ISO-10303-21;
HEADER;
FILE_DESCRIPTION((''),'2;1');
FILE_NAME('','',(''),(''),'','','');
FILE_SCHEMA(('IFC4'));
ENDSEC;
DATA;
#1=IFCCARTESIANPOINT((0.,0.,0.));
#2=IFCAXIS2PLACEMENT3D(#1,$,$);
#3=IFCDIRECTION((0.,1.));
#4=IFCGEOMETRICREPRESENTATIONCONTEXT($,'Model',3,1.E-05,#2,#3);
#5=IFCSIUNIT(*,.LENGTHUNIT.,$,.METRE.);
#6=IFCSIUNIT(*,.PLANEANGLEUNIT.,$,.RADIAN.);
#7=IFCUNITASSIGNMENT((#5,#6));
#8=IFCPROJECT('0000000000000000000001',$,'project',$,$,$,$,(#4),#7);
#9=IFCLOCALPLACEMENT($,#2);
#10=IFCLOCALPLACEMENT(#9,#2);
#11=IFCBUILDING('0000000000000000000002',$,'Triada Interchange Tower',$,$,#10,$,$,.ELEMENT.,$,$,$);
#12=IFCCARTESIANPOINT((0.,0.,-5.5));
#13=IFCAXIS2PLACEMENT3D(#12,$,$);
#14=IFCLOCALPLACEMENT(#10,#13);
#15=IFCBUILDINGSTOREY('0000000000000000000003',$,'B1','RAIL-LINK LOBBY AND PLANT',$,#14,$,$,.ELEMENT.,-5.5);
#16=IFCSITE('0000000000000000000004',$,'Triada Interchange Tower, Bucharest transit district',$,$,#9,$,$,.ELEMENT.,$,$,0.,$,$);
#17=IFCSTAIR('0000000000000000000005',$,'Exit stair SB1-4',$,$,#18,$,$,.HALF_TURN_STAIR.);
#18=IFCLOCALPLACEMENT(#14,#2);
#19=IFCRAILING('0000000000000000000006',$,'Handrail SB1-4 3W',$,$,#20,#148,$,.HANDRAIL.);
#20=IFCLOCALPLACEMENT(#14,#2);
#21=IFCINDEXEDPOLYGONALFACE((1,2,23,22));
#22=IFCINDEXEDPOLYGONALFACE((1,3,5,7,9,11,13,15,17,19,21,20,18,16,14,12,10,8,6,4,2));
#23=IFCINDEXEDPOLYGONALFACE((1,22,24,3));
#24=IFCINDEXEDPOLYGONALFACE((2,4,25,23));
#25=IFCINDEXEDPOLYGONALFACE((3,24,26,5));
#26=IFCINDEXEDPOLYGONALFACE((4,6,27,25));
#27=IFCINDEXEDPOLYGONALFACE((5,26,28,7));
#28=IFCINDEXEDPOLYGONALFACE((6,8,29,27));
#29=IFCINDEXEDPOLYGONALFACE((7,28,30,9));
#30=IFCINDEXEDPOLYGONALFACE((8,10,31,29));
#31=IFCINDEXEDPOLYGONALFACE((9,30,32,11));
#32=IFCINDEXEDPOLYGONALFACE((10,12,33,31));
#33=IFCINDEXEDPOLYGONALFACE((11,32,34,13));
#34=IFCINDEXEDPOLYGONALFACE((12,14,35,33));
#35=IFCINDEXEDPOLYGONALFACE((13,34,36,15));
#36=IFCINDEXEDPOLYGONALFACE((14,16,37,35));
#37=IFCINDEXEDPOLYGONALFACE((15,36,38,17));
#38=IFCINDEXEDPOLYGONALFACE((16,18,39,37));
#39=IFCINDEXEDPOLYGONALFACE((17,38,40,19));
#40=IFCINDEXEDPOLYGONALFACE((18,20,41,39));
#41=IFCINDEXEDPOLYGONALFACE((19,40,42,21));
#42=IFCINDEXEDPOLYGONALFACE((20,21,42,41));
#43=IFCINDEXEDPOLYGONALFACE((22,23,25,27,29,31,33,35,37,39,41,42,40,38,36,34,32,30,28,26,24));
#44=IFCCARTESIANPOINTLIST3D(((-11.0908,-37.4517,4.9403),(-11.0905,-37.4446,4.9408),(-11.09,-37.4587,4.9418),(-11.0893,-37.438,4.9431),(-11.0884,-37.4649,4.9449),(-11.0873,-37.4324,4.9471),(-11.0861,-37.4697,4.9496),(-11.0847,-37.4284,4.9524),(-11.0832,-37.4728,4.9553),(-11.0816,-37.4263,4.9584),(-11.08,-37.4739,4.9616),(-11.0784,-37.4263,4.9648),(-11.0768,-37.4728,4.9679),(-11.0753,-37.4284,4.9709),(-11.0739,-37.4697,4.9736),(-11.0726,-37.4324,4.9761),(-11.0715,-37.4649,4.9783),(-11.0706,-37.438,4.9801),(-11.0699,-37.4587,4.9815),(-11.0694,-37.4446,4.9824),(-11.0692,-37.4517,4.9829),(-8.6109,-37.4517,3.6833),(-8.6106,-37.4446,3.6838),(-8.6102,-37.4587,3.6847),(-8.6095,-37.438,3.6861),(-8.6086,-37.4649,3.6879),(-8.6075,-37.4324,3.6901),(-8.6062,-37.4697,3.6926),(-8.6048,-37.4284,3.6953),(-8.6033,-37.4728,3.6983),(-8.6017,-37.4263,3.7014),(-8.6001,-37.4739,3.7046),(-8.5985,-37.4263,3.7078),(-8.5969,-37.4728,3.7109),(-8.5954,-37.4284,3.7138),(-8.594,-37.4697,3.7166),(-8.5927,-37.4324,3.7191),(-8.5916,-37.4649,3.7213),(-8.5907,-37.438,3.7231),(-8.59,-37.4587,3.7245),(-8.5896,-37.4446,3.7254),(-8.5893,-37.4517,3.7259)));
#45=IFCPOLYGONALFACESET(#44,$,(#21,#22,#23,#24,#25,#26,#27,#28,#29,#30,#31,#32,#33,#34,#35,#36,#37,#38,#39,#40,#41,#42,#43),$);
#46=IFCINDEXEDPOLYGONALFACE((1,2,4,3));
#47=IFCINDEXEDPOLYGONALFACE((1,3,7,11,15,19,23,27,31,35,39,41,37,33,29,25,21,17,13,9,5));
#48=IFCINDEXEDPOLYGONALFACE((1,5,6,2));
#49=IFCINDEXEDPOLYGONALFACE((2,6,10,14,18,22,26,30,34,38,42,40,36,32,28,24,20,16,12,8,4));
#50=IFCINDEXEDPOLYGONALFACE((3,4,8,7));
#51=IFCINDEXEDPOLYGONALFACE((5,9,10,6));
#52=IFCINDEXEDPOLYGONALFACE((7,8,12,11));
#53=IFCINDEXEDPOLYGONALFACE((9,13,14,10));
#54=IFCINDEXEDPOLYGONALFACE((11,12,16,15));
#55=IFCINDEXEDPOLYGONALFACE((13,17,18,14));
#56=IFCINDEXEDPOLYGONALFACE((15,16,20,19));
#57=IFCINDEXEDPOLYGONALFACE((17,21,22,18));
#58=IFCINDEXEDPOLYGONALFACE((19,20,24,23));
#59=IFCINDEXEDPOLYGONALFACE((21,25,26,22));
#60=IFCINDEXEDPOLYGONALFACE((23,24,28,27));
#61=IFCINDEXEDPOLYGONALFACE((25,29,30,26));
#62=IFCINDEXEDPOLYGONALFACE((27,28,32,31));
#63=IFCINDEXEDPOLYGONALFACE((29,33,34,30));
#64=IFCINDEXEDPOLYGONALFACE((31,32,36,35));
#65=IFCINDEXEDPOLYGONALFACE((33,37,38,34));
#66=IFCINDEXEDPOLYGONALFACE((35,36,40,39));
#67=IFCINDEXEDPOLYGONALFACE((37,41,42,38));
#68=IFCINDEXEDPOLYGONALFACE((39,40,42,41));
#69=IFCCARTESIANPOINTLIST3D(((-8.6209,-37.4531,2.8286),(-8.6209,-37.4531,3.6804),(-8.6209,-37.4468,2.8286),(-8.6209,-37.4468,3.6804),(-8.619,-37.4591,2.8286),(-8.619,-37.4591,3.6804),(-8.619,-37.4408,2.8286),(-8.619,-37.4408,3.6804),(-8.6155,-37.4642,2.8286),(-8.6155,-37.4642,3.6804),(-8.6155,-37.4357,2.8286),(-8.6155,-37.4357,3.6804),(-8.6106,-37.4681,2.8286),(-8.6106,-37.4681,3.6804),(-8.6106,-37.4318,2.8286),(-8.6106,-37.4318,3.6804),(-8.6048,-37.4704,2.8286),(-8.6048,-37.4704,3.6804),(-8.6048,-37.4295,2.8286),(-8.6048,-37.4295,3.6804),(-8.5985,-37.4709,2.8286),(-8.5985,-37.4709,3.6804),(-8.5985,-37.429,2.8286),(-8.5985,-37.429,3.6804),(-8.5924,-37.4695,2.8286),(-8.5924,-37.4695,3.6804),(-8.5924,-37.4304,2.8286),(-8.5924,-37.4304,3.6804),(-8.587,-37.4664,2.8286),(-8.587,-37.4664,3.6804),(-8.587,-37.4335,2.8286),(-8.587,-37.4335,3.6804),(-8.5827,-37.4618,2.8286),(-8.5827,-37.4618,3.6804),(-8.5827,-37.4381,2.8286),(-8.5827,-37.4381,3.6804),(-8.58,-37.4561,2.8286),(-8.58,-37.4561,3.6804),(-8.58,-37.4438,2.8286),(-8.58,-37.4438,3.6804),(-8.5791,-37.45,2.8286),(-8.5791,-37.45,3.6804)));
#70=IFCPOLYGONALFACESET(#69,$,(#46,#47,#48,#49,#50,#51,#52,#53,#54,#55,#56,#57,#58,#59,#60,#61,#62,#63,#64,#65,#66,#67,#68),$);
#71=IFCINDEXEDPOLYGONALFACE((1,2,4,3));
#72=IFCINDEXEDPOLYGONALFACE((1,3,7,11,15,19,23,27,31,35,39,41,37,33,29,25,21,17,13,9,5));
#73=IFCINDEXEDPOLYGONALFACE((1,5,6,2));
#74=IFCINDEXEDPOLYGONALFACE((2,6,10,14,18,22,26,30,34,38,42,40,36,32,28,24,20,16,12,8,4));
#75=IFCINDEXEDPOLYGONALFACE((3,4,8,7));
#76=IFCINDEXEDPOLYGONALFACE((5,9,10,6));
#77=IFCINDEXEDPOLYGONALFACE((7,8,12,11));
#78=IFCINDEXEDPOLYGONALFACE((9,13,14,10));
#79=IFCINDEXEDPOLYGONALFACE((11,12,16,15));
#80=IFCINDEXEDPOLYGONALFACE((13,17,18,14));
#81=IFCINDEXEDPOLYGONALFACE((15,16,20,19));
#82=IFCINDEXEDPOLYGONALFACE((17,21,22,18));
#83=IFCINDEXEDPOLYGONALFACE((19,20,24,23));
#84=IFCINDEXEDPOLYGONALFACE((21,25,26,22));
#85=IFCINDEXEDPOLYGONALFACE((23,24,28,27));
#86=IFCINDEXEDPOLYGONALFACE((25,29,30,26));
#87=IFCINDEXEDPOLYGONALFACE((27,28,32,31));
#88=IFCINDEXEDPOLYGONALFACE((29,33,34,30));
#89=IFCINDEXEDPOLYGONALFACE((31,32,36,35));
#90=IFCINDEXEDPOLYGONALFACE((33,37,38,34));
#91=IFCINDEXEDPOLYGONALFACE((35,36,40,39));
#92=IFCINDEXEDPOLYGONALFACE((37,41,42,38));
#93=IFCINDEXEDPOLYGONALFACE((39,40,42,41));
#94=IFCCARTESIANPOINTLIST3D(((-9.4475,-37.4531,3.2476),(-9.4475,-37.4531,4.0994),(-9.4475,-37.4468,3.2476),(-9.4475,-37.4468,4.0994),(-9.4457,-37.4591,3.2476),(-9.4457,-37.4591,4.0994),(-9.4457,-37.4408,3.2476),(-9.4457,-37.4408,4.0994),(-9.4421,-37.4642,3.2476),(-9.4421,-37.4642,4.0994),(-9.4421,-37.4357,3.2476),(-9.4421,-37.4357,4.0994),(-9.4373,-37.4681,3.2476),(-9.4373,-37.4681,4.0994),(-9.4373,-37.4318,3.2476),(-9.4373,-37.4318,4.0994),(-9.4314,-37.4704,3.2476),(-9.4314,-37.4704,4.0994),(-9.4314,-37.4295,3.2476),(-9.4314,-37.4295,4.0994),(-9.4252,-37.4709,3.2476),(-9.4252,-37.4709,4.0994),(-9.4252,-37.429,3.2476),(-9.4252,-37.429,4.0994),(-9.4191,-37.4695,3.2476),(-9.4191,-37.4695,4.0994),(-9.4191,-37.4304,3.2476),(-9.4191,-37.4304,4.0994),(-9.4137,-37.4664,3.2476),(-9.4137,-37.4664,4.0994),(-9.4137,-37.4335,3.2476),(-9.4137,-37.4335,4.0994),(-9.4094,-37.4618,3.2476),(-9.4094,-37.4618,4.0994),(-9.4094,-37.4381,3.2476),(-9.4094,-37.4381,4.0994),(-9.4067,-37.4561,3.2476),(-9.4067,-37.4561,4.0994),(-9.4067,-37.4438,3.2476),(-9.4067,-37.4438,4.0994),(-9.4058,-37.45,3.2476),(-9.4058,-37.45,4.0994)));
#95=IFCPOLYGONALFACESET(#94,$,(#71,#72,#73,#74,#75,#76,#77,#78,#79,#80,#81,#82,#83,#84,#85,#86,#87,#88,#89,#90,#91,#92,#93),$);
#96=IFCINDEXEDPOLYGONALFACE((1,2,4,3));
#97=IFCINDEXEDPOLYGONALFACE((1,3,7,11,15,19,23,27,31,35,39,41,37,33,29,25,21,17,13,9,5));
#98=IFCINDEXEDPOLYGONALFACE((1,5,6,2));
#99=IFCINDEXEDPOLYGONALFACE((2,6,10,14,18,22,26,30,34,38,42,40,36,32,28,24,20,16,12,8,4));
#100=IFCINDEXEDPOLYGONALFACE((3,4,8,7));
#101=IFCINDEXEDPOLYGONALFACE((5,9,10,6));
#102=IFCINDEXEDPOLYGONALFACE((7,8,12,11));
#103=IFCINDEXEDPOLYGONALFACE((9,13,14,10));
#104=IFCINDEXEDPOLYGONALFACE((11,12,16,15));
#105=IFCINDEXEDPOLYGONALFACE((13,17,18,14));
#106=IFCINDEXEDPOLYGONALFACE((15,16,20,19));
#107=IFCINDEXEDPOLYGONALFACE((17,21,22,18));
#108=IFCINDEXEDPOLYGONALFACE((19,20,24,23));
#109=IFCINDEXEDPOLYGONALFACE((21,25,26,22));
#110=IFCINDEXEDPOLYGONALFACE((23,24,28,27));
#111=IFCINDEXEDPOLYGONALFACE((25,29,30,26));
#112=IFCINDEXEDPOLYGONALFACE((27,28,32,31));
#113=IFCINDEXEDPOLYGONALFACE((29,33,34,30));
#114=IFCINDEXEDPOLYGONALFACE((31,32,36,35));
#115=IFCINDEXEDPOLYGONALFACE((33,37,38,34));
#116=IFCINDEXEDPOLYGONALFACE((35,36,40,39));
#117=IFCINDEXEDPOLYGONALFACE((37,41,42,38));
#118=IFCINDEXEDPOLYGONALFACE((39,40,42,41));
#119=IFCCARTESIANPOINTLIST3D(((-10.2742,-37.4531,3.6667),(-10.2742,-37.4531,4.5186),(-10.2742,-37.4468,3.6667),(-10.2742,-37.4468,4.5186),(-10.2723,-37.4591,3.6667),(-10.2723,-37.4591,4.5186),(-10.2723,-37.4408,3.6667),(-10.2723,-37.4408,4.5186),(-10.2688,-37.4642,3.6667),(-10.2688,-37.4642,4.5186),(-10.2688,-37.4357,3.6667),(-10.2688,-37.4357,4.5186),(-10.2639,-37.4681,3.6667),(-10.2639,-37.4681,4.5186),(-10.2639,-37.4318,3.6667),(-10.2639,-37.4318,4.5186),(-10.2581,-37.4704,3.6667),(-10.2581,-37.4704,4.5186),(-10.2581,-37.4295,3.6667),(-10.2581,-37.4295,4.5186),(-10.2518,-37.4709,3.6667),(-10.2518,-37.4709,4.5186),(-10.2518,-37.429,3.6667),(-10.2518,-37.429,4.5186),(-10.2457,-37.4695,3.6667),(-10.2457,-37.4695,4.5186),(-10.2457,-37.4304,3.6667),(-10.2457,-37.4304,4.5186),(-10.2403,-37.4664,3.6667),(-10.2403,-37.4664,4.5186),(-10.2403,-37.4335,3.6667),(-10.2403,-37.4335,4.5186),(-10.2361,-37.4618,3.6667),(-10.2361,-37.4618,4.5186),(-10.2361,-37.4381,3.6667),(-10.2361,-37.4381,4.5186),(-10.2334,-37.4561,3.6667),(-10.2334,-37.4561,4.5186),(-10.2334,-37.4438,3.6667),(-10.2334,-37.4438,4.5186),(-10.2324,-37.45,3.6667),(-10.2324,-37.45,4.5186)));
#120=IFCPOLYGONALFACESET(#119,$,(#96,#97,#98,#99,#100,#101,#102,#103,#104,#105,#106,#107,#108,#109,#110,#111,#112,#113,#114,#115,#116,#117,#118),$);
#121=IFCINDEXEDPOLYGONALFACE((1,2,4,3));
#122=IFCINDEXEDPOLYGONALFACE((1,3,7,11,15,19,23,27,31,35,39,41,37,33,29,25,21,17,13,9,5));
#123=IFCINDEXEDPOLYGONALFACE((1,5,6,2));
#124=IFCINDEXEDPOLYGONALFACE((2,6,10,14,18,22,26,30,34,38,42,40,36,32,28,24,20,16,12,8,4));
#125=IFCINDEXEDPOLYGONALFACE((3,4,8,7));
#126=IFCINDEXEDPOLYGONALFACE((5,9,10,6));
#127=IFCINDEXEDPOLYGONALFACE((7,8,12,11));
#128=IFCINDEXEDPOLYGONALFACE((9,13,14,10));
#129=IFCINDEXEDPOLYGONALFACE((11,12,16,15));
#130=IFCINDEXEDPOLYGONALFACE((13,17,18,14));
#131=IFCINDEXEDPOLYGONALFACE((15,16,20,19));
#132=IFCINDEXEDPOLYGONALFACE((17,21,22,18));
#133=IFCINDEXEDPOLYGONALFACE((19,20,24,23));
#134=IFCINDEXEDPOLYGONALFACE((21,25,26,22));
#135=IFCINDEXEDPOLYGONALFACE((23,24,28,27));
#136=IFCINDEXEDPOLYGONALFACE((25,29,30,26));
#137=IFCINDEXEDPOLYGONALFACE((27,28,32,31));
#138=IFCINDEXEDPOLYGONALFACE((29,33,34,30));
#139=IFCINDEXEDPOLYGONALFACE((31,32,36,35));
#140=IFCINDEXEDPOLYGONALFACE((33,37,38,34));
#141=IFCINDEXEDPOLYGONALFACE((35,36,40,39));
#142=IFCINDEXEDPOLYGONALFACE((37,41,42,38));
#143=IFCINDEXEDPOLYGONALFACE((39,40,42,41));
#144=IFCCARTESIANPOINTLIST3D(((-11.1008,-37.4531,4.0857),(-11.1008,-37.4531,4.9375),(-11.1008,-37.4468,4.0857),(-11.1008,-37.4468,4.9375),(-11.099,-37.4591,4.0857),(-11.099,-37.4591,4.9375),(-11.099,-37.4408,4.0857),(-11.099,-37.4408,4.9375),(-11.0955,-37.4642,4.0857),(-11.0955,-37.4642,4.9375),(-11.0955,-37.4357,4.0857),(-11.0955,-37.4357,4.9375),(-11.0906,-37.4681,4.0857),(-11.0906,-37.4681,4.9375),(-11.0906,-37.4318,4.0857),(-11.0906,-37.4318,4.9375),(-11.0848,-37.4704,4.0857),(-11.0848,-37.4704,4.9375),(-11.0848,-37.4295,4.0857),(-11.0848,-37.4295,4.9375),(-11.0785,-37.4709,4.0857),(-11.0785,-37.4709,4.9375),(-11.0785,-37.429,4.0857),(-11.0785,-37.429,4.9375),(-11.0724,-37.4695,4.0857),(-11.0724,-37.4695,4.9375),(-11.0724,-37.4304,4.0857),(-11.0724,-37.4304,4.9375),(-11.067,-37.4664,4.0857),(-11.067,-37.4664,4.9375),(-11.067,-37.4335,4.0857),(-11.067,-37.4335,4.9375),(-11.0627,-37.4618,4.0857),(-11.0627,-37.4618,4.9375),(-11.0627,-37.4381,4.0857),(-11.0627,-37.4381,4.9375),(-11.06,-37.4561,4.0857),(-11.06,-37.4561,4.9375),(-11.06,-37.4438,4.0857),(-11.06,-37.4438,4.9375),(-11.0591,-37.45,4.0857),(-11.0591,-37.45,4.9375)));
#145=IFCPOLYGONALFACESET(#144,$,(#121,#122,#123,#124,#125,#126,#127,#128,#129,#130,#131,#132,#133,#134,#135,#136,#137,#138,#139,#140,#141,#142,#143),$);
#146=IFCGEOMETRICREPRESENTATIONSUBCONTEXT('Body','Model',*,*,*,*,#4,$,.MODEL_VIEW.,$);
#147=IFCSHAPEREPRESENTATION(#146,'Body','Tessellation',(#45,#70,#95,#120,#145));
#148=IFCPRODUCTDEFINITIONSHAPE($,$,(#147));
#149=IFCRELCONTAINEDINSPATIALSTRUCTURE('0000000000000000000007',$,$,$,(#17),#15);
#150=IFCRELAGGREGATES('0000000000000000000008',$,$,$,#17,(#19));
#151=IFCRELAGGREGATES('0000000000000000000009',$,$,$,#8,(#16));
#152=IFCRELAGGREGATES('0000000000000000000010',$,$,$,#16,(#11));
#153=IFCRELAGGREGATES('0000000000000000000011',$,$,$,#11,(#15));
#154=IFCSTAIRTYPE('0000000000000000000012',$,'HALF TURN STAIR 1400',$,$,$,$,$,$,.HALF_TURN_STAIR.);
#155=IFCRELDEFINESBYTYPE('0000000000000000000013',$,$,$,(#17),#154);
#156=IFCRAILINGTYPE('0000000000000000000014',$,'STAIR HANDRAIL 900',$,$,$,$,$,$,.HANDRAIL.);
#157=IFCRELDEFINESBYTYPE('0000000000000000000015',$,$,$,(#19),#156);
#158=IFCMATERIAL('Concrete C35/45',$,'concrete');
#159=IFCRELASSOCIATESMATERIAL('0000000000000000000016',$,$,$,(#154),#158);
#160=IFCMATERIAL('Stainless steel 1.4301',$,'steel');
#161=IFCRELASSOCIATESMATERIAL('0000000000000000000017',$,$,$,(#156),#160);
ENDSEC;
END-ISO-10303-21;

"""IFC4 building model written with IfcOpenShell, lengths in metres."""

from ifc_helpers import new_model, si_unit, direction, frame, origin, origin_2d, place, context, subcontext, project, spatial, circle, extrude, material, type_object, element, aggregate, save


model = new_model("IFC4")

# Units and contexts
model_context = context("Model", 3, precision=1e-05, world=origin(), true_north=direction((0.0, 1.0)))
body_context = subcontext(model_context, "Body", "Model", "MODEL_VIEW")
ifc_project = project(units=[si_unit("LENGTHUNIT", "METRE"), si_unit("PLANEANGLEUNIT", "RADIAN")], contexts=[model_context])

# Site, building, storey
site_placement = place(None, origin())
site = spatial("IfcSite", under=ifc_project, at=site_placement, Name="Triada Interchange Tower, Bucharest transit district", CompositionType="ELEMENT", RefElevation=0.0)
building_placement = place(site_placement, origin())
building = spatial("IfcBuilding", under=site, at=building_placement, Name="Triada Interchange Tower", CompositionType="ELEMENT")
storey_placement = place(building_placement, frame((0.0, 0.0, -5.5)))
storey = spatial("IfcBuildingStorey", under=building, at=storey_placement, Name="B1", Description="RAIL-LINK LOBBY AND PLANT", CompositionType="ELEMENT", Elevation=-5.5)

# Shared definitions
ifc_material_1 = material(Name="Concrete C35/45", Category="concrete")

# Stair, railing
stair_type = type_object("IfcStairType", Name="HALF TURN STAIR 1400", PredefinedType="HALF_TURN_STAIR", material=ifc_material_1)
stair_placement = place(storey_placement, origin())
stair = element("IfcStair", 1, at=stair_placement, inside=storey, type_object=stair_type, Name="Exit stair SB1-4", PredefinedType="HALF_TURN_STAIR")
ifc_material_2 = material(Name="Stainless steel 1.4301", Category="steel")
railing_type = type_object("IfcRailingType", Name="STAIR HANDRAIL 900", PredefinedType="HANDRAIL", material=ifc_material_2)
railing_1_placement = place(storey_placement, frame((-8.6001, -37.45, 2.8286)))
railing_1 = element("IfcRailing", 2, at=railing_1_placement, type_object=railing_type, Name="Handrail SB1-4 3W", PredefinedType="HANDRAIL", context=body_context, shape_type="SweptSolid", body=[
    extrude(circle(Radius=0.0239, at=origin_2d()), frame((0.0, 0.0, 0.876), z_axis=(-0.891955, 0.0, 0.452124), x_axis=(0.0, -1.0, 0.0)), (0.0, 0.0, 1.0), 2.7803),
    extrude(circle(Radius=0.021, at=origin_2d()), origin(), (0.0, 0.0, 1.0), 0.8518),
    extrude(circle(Radius=0.021, at=origin_2d()), frame((-0.8267, 0.0, 0.4189)), (0.0, 0.0, 1.0), 0.8518),
    extrude(circle(Radius=0.021, at=origin_2d()), frame((-1.6533, 0.0, 0.8381)), (0.0, 0.0, 1.0), 0.8518),
    extrude(circle(Radius=0.021, at=origin_2d()), frame((-2.48, 0.0, 1.2571)), (0.0, 0.0, 1.0), 0.8518),
])
aggregate(stair, [railing_1])

save(model, "model.ifc")
